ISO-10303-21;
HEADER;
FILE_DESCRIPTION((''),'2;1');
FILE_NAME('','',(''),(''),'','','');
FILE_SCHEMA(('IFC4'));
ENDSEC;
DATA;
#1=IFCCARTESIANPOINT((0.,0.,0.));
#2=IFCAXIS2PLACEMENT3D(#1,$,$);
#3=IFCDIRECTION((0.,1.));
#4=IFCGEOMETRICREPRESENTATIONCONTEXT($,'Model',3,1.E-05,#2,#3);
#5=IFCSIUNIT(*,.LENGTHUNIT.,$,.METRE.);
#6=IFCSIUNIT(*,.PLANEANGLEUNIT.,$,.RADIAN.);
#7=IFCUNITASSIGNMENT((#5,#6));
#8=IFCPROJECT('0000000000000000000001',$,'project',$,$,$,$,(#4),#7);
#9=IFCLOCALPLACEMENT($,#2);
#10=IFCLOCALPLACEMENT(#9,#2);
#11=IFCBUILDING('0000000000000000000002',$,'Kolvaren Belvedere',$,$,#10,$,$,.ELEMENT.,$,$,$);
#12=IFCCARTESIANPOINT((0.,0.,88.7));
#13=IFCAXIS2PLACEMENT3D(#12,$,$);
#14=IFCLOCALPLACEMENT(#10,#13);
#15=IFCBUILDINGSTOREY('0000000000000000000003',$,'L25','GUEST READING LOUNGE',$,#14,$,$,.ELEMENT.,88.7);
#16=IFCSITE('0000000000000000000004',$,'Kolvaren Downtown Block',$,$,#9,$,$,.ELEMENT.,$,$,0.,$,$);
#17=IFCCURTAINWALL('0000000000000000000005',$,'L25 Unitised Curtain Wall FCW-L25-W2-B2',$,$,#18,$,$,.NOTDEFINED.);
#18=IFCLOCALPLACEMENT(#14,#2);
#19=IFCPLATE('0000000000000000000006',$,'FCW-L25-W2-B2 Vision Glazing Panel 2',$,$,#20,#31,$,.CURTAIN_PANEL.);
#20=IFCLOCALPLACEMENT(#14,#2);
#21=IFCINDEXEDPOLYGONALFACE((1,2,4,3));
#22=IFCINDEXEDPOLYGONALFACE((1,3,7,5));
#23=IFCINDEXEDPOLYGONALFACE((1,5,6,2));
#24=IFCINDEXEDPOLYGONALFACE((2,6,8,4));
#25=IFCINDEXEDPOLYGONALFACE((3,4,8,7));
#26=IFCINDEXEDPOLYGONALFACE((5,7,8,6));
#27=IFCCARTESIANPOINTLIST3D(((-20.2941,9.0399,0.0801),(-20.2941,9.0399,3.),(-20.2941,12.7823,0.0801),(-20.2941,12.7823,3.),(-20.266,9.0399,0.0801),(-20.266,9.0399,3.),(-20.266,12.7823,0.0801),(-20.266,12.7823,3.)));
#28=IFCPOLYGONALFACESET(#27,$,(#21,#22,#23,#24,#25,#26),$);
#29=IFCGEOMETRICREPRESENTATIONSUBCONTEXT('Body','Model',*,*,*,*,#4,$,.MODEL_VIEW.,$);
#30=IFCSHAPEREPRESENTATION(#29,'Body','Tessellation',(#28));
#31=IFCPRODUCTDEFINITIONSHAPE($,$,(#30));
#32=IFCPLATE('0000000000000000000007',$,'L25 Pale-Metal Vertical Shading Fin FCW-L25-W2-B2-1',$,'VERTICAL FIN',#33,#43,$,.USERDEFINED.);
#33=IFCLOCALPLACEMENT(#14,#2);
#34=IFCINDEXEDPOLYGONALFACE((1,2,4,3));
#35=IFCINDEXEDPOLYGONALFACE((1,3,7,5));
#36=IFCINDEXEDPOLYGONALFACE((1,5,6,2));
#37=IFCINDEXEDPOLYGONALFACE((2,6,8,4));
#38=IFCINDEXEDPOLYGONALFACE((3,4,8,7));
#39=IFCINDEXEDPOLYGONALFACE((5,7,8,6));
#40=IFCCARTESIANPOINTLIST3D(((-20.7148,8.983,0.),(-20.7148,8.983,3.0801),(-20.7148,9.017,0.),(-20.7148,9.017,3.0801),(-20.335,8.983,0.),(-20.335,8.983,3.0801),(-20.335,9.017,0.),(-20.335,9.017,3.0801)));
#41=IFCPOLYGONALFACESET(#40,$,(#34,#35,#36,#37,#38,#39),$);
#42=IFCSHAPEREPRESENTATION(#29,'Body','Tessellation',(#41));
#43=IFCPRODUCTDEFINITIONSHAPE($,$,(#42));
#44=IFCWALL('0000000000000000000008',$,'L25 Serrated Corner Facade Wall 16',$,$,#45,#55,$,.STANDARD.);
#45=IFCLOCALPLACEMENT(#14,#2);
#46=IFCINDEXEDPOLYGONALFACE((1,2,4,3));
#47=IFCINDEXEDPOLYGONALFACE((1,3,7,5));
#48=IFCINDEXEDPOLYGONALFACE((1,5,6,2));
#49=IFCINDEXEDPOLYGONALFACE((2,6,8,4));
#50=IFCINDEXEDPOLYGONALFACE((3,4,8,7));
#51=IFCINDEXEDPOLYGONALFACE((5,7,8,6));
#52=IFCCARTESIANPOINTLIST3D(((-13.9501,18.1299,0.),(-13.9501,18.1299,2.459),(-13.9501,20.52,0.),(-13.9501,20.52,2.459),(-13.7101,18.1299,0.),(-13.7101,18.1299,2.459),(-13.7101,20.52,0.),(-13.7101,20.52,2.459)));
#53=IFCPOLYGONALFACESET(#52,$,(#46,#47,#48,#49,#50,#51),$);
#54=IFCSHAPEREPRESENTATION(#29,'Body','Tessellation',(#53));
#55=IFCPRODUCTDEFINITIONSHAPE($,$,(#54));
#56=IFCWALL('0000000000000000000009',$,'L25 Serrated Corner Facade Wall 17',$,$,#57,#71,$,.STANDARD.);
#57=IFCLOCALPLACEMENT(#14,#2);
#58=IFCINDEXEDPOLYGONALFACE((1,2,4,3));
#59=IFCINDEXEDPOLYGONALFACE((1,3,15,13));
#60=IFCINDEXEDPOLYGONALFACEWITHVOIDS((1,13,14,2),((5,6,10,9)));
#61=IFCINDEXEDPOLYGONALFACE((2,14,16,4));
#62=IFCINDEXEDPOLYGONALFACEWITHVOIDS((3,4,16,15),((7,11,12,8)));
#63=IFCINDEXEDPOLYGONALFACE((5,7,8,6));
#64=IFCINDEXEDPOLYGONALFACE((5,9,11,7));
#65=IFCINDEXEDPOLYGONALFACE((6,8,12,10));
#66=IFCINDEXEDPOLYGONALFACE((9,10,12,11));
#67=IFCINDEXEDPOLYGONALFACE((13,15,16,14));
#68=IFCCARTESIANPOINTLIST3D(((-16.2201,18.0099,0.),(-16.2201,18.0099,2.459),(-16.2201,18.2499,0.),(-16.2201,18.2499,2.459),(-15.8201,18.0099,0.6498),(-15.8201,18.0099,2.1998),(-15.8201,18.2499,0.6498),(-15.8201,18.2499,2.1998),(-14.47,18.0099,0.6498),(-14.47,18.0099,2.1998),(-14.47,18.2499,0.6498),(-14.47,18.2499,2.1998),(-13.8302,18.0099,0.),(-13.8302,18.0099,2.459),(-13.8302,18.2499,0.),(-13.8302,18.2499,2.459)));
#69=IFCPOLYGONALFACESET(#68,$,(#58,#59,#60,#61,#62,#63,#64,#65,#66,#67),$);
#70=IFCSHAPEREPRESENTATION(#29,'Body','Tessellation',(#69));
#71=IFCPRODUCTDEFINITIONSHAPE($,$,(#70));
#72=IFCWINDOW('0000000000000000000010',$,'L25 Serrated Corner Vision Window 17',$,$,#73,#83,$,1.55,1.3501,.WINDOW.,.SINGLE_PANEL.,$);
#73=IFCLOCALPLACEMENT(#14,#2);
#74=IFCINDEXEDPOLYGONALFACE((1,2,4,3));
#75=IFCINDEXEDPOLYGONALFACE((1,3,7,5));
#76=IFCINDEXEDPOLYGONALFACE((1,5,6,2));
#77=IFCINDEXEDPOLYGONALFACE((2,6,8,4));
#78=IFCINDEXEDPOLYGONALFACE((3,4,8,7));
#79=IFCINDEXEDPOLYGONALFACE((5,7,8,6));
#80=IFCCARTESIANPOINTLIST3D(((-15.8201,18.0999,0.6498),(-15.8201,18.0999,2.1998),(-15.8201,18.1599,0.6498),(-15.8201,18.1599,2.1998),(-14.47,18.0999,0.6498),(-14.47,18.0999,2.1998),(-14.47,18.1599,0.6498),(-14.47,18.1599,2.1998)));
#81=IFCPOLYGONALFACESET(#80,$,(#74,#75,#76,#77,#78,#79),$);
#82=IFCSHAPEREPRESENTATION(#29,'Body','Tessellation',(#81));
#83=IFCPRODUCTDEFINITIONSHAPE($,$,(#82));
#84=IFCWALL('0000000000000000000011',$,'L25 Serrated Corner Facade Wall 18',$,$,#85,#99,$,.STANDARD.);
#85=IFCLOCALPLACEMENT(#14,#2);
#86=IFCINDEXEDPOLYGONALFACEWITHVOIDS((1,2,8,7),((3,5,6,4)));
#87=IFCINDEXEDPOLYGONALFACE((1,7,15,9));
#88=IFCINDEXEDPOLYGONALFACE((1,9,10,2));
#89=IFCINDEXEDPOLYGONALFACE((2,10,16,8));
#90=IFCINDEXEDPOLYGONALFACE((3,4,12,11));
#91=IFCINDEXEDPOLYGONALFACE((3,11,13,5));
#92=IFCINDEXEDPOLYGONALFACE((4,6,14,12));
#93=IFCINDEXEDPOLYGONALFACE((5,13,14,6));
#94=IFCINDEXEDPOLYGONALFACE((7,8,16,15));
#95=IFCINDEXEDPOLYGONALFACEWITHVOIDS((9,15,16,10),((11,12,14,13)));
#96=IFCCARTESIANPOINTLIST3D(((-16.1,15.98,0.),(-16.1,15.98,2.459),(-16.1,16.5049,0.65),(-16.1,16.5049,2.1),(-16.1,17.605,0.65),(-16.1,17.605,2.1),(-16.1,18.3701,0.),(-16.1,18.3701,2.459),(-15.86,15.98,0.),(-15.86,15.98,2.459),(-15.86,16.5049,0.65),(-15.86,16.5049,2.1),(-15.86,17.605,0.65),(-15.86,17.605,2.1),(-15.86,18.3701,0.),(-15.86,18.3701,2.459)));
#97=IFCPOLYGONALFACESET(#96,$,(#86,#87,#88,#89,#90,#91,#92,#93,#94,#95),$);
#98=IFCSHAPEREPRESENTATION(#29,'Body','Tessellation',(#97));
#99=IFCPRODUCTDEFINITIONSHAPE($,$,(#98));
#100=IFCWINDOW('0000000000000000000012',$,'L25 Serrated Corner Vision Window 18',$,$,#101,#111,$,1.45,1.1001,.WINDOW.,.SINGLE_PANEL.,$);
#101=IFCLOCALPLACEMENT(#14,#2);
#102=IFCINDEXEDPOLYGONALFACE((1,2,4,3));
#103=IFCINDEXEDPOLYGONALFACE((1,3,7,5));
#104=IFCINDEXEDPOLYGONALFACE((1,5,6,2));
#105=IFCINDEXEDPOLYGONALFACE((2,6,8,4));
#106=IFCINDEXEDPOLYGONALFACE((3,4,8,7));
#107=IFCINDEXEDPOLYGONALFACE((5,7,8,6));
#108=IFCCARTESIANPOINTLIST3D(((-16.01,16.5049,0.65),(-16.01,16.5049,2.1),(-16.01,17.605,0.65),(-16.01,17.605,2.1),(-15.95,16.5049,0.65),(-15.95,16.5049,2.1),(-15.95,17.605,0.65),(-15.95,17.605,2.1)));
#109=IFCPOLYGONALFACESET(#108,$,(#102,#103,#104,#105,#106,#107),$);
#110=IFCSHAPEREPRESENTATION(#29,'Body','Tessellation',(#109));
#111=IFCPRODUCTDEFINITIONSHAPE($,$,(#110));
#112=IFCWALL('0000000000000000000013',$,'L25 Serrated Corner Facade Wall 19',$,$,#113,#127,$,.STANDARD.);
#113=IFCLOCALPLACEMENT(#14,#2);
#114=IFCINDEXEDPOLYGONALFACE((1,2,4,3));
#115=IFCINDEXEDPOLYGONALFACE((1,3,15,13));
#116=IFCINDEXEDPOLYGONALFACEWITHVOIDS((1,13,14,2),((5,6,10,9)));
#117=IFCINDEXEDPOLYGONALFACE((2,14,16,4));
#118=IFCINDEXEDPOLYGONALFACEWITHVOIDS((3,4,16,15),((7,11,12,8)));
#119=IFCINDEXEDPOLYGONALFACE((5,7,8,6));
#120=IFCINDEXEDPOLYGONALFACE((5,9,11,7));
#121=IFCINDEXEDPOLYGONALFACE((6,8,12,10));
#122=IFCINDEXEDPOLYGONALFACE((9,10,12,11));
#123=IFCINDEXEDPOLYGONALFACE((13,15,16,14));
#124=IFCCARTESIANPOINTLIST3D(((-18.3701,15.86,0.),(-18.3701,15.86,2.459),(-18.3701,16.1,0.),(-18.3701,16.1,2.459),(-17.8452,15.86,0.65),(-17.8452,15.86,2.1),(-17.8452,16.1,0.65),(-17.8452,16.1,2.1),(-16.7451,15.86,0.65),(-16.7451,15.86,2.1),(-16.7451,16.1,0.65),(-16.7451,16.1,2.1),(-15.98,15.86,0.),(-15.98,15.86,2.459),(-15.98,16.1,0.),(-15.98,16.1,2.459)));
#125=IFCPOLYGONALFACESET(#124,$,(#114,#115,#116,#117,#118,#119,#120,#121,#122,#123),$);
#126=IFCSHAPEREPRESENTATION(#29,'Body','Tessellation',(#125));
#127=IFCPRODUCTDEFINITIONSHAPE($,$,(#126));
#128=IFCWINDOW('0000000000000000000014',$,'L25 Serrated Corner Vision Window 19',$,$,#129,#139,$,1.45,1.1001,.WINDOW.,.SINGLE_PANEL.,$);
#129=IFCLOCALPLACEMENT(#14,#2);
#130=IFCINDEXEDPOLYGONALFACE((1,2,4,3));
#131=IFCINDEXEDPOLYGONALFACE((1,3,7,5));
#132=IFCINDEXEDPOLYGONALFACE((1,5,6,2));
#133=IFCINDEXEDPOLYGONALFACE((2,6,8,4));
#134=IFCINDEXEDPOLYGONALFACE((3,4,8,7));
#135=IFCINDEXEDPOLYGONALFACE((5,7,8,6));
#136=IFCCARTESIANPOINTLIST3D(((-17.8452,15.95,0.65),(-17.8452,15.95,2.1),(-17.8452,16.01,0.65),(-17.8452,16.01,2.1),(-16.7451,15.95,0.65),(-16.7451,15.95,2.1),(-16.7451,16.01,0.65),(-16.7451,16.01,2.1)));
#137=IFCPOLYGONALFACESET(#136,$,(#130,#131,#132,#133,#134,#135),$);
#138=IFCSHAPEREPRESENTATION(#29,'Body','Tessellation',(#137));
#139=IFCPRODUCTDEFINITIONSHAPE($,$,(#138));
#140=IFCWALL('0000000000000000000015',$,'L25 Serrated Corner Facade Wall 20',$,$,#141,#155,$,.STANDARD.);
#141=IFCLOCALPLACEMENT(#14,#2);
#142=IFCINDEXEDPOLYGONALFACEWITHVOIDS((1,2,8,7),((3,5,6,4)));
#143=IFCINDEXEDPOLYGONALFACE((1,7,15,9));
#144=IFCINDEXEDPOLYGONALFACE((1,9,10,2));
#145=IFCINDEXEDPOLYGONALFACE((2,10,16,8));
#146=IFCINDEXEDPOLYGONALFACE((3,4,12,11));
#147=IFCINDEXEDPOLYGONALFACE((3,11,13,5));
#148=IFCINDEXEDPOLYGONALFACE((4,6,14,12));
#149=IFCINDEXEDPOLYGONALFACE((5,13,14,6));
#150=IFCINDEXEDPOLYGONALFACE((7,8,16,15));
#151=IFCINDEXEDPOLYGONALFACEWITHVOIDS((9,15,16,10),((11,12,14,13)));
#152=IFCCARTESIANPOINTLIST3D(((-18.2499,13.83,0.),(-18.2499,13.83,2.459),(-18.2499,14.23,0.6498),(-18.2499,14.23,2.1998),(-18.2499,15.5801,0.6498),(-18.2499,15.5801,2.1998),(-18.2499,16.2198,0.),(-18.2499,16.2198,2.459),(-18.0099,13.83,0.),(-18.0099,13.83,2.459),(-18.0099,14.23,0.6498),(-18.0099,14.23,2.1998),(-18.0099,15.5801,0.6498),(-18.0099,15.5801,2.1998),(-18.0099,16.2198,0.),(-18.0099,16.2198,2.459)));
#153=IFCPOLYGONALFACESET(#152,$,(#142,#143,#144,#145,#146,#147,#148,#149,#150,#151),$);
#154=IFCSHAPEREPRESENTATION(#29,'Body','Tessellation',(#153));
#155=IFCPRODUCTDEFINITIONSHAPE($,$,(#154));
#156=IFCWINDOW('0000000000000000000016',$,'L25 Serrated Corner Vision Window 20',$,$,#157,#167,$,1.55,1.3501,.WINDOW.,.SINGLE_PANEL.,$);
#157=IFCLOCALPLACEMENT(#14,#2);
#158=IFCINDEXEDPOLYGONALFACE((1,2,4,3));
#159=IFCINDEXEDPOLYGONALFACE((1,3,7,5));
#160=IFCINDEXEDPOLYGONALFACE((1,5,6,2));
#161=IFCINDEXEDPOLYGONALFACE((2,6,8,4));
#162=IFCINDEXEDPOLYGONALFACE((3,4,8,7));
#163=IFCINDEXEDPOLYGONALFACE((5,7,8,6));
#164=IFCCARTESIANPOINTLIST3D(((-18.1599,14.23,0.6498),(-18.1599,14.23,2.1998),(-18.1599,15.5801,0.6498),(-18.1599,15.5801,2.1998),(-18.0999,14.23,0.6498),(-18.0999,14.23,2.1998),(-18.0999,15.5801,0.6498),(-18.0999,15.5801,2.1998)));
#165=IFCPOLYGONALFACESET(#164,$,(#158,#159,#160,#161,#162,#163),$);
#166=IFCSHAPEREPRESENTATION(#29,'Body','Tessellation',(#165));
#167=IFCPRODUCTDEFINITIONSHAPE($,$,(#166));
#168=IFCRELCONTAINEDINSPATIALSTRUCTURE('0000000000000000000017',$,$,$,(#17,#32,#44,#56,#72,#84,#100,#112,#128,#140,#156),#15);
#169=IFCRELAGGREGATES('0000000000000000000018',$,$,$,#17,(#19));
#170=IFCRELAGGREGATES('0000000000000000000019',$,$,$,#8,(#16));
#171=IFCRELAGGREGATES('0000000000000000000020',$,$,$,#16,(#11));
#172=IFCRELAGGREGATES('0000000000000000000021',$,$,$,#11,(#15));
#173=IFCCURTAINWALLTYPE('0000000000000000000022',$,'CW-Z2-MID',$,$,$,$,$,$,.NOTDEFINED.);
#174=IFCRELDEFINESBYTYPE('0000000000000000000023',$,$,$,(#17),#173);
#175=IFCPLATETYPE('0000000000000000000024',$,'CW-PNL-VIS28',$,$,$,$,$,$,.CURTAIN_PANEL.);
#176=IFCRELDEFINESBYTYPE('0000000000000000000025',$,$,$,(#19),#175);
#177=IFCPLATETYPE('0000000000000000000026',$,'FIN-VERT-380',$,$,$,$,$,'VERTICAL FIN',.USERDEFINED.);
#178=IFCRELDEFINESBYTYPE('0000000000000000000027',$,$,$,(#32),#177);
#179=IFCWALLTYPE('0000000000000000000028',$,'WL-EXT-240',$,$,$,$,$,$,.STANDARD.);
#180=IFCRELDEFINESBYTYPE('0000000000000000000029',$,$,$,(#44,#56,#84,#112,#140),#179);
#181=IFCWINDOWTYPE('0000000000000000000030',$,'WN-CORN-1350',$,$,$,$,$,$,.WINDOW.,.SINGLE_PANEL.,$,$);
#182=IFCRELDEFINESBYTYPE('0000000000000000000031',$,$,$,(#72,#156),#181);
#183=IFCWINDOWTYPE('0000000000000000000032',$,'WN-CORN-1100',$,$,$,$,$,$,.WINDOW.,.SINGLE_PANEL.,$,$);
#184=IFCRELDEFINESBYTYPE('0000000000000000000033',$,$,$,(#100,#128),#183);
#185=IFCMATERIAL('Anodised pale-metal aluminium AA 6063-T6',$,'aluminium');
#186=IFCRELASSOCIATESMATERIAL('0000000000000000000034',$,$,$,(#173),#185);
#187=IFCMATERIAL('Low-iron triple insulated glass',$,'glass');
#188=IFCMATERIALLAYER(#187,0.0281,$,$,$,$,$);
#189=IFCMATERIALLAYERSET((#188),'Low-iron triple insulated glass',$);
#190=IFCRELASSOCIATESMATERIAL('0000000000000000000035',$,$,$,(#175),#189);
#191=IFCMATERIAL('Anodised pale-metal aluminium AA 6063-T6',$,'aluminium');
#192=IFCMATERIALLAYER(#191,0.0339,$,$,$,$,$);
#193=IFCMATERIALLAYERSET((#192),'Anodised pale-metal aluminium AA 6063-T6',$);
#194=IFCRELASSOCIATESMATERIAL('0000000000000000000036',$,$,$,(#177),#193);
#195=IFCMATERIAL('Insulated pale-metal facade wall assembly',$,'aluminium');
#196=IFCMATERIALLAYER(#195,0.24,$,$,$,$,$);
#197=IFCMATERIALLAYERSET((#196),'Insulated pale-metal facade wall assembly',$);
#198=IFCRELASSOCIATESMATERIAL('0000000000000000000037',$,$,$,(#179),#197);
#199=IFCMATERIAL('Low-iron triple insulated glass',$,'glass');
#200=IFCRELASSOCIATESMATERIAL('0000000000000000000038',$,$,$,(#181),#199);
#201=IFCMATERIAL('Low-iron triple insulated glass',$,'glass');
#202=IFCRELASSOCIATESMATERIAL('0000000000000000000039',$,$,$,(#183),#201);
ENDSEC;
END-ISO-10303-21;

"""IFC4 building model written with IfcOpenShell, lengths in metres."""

from ifc_helpers import new_model, si_unit, direction, frame, frame_2d, origin, origin_2d, place, context, subcontext, project, spatial, rectangle, extrude, material, layer, layer_set, type_object, element, fill, aggregate, save


model = new_model("IFC4")

# Units and contexts
model_context = context("Model", 3, precision=1e-05, world=origin(), true_north=direction((0.0, 1.0)))
body_context = subcontext(model_context, "Body", "Model", "MODEL_VIEW")
ifc_project = project(units=[si_unit("LENGTHUNIT", "METRE"), si_unit("PLANEANGLEUNIT", "RADIAN")], contexts=[model_context])

# Site, building, storey
site_placement = place(None, origin())
site = spatial("IfcSite", under=ifc_project, at=site_placement, Name="Kolvaren Downtown Block", CompositionType="ELEMENT", RefElevation=0.0)
building_placement = place(site_placement, origin())
building = spatial("IfcBuilding", under=site, at=building_placement, Name="Kolvaren Belvedere", CompositionType="ELEMENT")
storey_placement = place(building_placement, frame((0.0, 0.0, 88.7)))
storey = spatial("IfcBuildingStorey", under=building, at=storey_placement, Name="L25", Description="GUEST READING LOUNGE", CompositionType="ELEMENT", Elevation=88.7)

# Shared definitions
ifc_material_1 = material(Name="Anodised pale-metal aluminium AA 6063-T6", Category="aluminium")
curtain_wall_type = type_object("IfcCurtainWallType", Name="CW-Z2-MID", PredefinedType="NOTDEFINED", material=ifc_material_1)

# Curtain wall, plate
curtain_wall_1_placement = place(storey_placement, origin())
curtain_wall_1 = element("IfcCurtainWall", 1, at=curtain_wall_1_placement, inside=storey, type_object=curtain_wall_type, Name="L25 Unitised Curtain Wall FCW-L25-W2-B2", PredefinedType="NOTDEFINED")
ifc_material_2 = material(Name="Low-iron triple insulated glass", Category="glass")
ifc_layer_1 = layer(ifc_material_2, 0.0281)
ifc_layer_set_1 = layer_set([ifc_layer_1], Name="Low-iron triple insulated glass")
plate_type_1 = type_object("IfcPlateType", Name="CW-PNL-VIS28", PredefinedType="CURTAIN_PANEL", material=ifc_layer_set_1)
plate_1_placement = place(storey_placement, frame((-20.28, 10.9111, 0.0801), z_axis=(0.0, 0.0, 1.0), x_axis=(0.0, 1.0, 0.0)))
plate_1 = element("IfcPlate", 2, at=plate_1_placement, type_object=plate_type_1, Name="FCW-L25-W2-B2 Vision Glazing Panel 2", PredefinedType="CURTAIN_PANEL", context=body_context, shape_type="SweptSolid", body=[
    extrude(rectangle(XDim=3.7424, YDim=0.0281, at=origin_2d()), origin(), (0.0, 0.0, 1.0), 2.9199),
])
aggregate(curtain_wall_1, [plate_1])

# Plate
ifc_material_3 = material(Name="Anodised pale-metal aluminium AA 6063-T6", Category="aluminium")
ifc_layer_2 = layer(ifc_material_3, 0.0339)
ifc_layer_set_2 = layer_set([ifc_layer_2], Name="Anodised pale-metal aluminium AA 6063-T6")
plate_type_2 = type_object("IfcPlateType", Name="FIN-VERT-380", ElementType="VERTICAL FIN", PredefinedType="USERDEFINED", material=ifc_layer_set_2)
plate_2_placement = place(storey_placement, frame((-20.5249, 9.0, 0.0), z_axis=(0.0, 0.0, 1.0), x_axis=(1.0, 0.0, 0.0)))
element("IfcPlate", 3, at=plate_2_placement, inside=storey, type_object=plate_type_2, Name="L25 Pale-Metal Vertical Shading Fin FCW-L25-W2-B2-1", ObjectType="VERTICAL FIN", PredefinedType="USERDEFINED", context=body_context, shape_type="SweptSolid", body=[
    extrude(rectangle(XDim=0.3799, YDim=0.0339, at=origin_2d()), origin(), (0.0, 0.0, 1.0), 3.0801),
])

# Wall
ifc_material_4 = material(Name="Insulated pale-metal facade wall assembly", Category="aluminium")
ifc_layer_3 = layer(ifc_material_4, 0.24)
ifc_layer_set_3 = layer_set([ifc_layer_3], Name="Insulated pale-metal facade wall assembly")
wall_type_1 = type_object("IfcWallType", Name="WL-EXT-240", PredefinedType="STANDARD", material=ifc_layer_set_3)
wall_1_placement = place(storey_placement, frame((-13.8301, 18.1299, 0.0), z_axis=(0.0, 0.0, 1.0), x_axis=(0.0, 1.0, 0.0)))
element("IfcWall", 4, at=wall_1_placement, inside=storey, type_object=wall_type_1, Name="L25 Serrated Corner Facade Wall 16", PredefinedType="STANDARD", context=body_context, shape_type="SweptSolid", body=[
    extrude(rectangle(XDim=2.3901, YDim=0.24, at=frame_2d((1.1951, 0.0))), origin(), (0.0, 0.0, 1.0), 2.459),
])

# Walls, openings, windows
wall_2_placement = place(storey_placement, frame((-16.22, 18.1299, 0.0), z_axis=(0.0, 0.0, 1.0), x_axis=(1.0, 0.0, 0.0)))
wall_2 = element("IfcWall", 5, at=wall_2_placement, inside=storey, type_object=wall_type_1, Name="L25 Serrated Corner Facade Wall 17", PredefinedType="STANDARD", context=body_context, shape_type="SweptSolid", body=[
    extrude(rectangle(XDim=2.3899, YDim=0.24, at=frame_2d((1.1948, 0.0))), origin(), (0.0, 0.0, 1.0), 2.459),
])
opening_1_placement = place(wall_2_placement, frame((0.3999, 0.0, 0.6499)))
opening_1 = element("IfcOpeningElement", 6, at=opening_1_placement, cuts=wall_2, PredefinedType="OPENING", context=body_context, shape_type="SweptSolid", body=[
    extrude(rectangle(XDim=1.3501, YDim=1.55, at=frame_2d((0.675, 0.7749))), frame((0.0, 0.1299, 0.0), z_axis=(0.0, -1.0, 0.0), x_axis=(1.0, 0.0, 0.0)), (0.0, 0.0, 1.0), 0.26),
])
ifc_material_5 = material(Name="Low-iron triple insulated glass", Category="glass")
window_type_1 = type_object("IfcWindowType", Name="WN-CORN-1350", PartitioningType="SINGLE_PANEL", PredefinedType="WINDOW", material=ifc_material_5)
window_1_placement = place(opening_1_placement, origin())
window_1 = element("IfcWindow", 7, at=window_1_placement, inside=storey, type_object=window_type_1, Name="L25 Serrated Corner Vision Window 17", OverallHeight=1.55, OverallWidth=1.3501, PartitioningType="SINGLE_PANEL", PredefinedType="WINDOW", context=body_context, shape_type="SweptSolid", body=[
    extrude(rectangle(XDim=1.3501, YDim=1.55, at=frame_2d((0.675, 0.7749))), frame((0.0, 0.03, 0.0), z_axis=(0.0, -1.0, 0.0), x_axis=(1.0, 0.0, 0.0)), (0.0, 0.0, 1.0), 0.0601),
])
fill(opening_1, window_1)
wall_3_placement = place(storey_placement, frame((-15.98, 15.98, 0.0), z_axis=(0.0, 0.0, 1.0), x_axis=(0.0, 1.0, 0.0)))
wall_3 = element("IfcWall", 8, at=wall_3_placement, inside=storey, type_object=wall_type_1, Name="L25 Serrated Corner Facade Wall 18", PredefinedType="STANDARD", context=body_context, shape_type="SweptSolid", body=[
    extrude(rectangle(XDim=2.3901, YDim=0.24, at=frame_2d((1.1951, 0.0))), origin(), (0.0, 0.0, 1.0), 2.459),
])
opening_2_placement = place(wall_3_placement, frame((0.5249, 0.0, 0.6499)))
opening_2 = element("IfcOpeningElement", 9, at=opening_2_placement, cuts=wall_3, PredefinedType="OPENING", context=body_context, shape_type="SweptSolid", body=[
    extrude(rectangle(XDim=1.1001, YDim=1.45, at=frame_2d((0.55, 0.7251))), frame((0.0, 0.1299, 0.0), z_axis=(0.0, -1.0, 0.0), x_axis=(1.0, 0.0, 0.0)), (0.0, 0.0, 1.0), 0.26),
])
ifc_material_6 = material(Name="Low-iron triple insulated glass", Category="glass")
window_type_2 = type_object("IfcWindowType", Name="WN-CORN-1100", PartitioningType="SINGLE_PANEL", PredefinedType="WINDOW", material=ifc_material_6)
window_2_placement = place(opening_2_placement, origin())
window_2 = element("IfcWindow", 10, at=window_2_placement, inside=storey, type_object=window_type_2, Name="L25 Serrated Corner Vision Window 18", OverallHeight=1.45, OverallWidth=1.1001, PartitioningType="SINGLE_PANEL", PredefinedType="WINDOW", context=body_context, shape_type="SweptSolid", body=[
    extrude(rectangle(XDim=1.1001, YDim=1.45, at=frame_2d((0.55, 0.7251))), frame((0.0, 0.03, 0.0), z_axis=(0.0, -1.0, 0.0), x_axis=(1.0, 0.0, 0.0)), (0.0, 0.0, 1.0), 0.0601),
])
fill(opening_2, window_2)
wall_4_placement = place(storey_placement, frame((-18.3701, 15.98, 0.0), z_axis=(0.0, 0.0, 1.0), x_axis=(1.0, 0.0, 0.0)))
wall_4 = element("IfcWall", 11, at=wall_4_placement, inside=storey, type_object=wall_type_1, Name="L25 Serrated Corner Facade Wall 19", PredefinedType="STANDARD", context=body_context, shape_type="SweptSolid", body=[
    extrude(rectangle(XDim=2.3901, YDim=0.24, at=frame_2d((1.1951, 0.0))), origin(), (0.0, 0.0, 1.0), 2.459),
])
opening_3_placement = place(wall_4_placement, frame((0.5249, 0.0, 0.6499)))
opening_3 = element("IfcOpeningElement", 12, at=opening_3_placement, cuts=wall_4, PredefinedType="OPENING", context=body_context, shape_type="SweptSolid", body=[
    extrude(rectangle(XDim=1.1001, YDim=1.45, at=frame_2d((0.55, 0.7251))), frame((0.0, 0.1299, 0.0), z_axis=(0.0, -1.0, 0.0), x_axis=(1.0, 0.0, 0.0)), (0.0, 0.0, 1.0), 0.26),
])
window_3_placement = place(opening_3_placement, origin())
window_3 = element("IfcWindow", 13, at=window_3_placement, inside=storey, type_object=window_type_2, Name="L25 Serrated Corner Vision Window 19", OverallHeight=1.45, OverallWidth=1.1001, PartitioningType="SINGLE_PANEL", PredefinedType="WINDOW", context=body_context, shape_type="SweptSolid", body=[
    extrude(rectangle(XDim=1.1001, YDim=1.45, at=frame_2d((0.55, 0.7251))), frame((0.0, 0.03, 0.0), z_axis=(0.0, -1.0, 0.0), x_axis=(1.0, 0.0, 0.0)), (0.0, 0.0, 1.0), 0.0601),
])
fill(opening_3, window_3)
wall_5_placement = place(storey_placement, frame((-18.1299, 13.8301, 0.0), z_axis=(0.0, 0.0, 1.0), x_axis=(0.0, 1.0, 0.0)))
wall_5 = element("IfcWall", 14, at=wall_5_placement, inside=storey, type_object=wall_type_1, Name="L25 Serrated Corner Facade Wall 20", PredefinedType="STANDARD", context=body_context, shape_type="SweptSolid", body=[
    extrude(rectangle(XDim=2.3899, YDim=0.24, at=frame_2d((1.1948, 0.0))), origin(), (0.0, 0.0, 1.0), 2.459),
])
opening_4_placement = place(wall_5_placement, frame((0.3999, 0.0, 0.6499)))
opening_4 = element("IfcOpeningElement", 15, at=opening_4_placement, cuts=wall_5, PredefinedType="OPENING", context=body_context, shape_type="SweptSolid", body=[
    extrude(rectangle(XDim=1.3501, YDim=1.55, at=frame_2d((0.675, 0.7749))), frame((0.0, 0.1299, 0.0), z_axis=(0.0, -1.0, 0.0), x_axis=(1.0, 0.0, 0.0)), (0.0, 0.0, 1.0), 0.26),
])
window_4_placement = place(opening_4_placement, origin())
window_4 = element("IfcWindow", 16, at=window_4_placement, inside=storey, type_object=window_type_1, Name="L25 Serrated Corner Vision Window 20", OverallHeight=1.55, OverallWidth=1.3501, PartitioningType="SINGLE_PANEL", PredefinedType="WINDOW", context=body_context, shape_type="SweptSolid", body=[
    extrude(rectangle(XDim=1.3501, YDim=1.55, at=frame_2d((0.675, 0.7749))), frame((0.0, 0.03, 0.0), z_axis=(0.0, -1.0, 0.0), x_axis=(1.0, 0.0, 0.0)), (0.0, 0.0, 1.0), 0.0601),
])
fill(opening_4, window_4)

save(model, "model.ifc")
